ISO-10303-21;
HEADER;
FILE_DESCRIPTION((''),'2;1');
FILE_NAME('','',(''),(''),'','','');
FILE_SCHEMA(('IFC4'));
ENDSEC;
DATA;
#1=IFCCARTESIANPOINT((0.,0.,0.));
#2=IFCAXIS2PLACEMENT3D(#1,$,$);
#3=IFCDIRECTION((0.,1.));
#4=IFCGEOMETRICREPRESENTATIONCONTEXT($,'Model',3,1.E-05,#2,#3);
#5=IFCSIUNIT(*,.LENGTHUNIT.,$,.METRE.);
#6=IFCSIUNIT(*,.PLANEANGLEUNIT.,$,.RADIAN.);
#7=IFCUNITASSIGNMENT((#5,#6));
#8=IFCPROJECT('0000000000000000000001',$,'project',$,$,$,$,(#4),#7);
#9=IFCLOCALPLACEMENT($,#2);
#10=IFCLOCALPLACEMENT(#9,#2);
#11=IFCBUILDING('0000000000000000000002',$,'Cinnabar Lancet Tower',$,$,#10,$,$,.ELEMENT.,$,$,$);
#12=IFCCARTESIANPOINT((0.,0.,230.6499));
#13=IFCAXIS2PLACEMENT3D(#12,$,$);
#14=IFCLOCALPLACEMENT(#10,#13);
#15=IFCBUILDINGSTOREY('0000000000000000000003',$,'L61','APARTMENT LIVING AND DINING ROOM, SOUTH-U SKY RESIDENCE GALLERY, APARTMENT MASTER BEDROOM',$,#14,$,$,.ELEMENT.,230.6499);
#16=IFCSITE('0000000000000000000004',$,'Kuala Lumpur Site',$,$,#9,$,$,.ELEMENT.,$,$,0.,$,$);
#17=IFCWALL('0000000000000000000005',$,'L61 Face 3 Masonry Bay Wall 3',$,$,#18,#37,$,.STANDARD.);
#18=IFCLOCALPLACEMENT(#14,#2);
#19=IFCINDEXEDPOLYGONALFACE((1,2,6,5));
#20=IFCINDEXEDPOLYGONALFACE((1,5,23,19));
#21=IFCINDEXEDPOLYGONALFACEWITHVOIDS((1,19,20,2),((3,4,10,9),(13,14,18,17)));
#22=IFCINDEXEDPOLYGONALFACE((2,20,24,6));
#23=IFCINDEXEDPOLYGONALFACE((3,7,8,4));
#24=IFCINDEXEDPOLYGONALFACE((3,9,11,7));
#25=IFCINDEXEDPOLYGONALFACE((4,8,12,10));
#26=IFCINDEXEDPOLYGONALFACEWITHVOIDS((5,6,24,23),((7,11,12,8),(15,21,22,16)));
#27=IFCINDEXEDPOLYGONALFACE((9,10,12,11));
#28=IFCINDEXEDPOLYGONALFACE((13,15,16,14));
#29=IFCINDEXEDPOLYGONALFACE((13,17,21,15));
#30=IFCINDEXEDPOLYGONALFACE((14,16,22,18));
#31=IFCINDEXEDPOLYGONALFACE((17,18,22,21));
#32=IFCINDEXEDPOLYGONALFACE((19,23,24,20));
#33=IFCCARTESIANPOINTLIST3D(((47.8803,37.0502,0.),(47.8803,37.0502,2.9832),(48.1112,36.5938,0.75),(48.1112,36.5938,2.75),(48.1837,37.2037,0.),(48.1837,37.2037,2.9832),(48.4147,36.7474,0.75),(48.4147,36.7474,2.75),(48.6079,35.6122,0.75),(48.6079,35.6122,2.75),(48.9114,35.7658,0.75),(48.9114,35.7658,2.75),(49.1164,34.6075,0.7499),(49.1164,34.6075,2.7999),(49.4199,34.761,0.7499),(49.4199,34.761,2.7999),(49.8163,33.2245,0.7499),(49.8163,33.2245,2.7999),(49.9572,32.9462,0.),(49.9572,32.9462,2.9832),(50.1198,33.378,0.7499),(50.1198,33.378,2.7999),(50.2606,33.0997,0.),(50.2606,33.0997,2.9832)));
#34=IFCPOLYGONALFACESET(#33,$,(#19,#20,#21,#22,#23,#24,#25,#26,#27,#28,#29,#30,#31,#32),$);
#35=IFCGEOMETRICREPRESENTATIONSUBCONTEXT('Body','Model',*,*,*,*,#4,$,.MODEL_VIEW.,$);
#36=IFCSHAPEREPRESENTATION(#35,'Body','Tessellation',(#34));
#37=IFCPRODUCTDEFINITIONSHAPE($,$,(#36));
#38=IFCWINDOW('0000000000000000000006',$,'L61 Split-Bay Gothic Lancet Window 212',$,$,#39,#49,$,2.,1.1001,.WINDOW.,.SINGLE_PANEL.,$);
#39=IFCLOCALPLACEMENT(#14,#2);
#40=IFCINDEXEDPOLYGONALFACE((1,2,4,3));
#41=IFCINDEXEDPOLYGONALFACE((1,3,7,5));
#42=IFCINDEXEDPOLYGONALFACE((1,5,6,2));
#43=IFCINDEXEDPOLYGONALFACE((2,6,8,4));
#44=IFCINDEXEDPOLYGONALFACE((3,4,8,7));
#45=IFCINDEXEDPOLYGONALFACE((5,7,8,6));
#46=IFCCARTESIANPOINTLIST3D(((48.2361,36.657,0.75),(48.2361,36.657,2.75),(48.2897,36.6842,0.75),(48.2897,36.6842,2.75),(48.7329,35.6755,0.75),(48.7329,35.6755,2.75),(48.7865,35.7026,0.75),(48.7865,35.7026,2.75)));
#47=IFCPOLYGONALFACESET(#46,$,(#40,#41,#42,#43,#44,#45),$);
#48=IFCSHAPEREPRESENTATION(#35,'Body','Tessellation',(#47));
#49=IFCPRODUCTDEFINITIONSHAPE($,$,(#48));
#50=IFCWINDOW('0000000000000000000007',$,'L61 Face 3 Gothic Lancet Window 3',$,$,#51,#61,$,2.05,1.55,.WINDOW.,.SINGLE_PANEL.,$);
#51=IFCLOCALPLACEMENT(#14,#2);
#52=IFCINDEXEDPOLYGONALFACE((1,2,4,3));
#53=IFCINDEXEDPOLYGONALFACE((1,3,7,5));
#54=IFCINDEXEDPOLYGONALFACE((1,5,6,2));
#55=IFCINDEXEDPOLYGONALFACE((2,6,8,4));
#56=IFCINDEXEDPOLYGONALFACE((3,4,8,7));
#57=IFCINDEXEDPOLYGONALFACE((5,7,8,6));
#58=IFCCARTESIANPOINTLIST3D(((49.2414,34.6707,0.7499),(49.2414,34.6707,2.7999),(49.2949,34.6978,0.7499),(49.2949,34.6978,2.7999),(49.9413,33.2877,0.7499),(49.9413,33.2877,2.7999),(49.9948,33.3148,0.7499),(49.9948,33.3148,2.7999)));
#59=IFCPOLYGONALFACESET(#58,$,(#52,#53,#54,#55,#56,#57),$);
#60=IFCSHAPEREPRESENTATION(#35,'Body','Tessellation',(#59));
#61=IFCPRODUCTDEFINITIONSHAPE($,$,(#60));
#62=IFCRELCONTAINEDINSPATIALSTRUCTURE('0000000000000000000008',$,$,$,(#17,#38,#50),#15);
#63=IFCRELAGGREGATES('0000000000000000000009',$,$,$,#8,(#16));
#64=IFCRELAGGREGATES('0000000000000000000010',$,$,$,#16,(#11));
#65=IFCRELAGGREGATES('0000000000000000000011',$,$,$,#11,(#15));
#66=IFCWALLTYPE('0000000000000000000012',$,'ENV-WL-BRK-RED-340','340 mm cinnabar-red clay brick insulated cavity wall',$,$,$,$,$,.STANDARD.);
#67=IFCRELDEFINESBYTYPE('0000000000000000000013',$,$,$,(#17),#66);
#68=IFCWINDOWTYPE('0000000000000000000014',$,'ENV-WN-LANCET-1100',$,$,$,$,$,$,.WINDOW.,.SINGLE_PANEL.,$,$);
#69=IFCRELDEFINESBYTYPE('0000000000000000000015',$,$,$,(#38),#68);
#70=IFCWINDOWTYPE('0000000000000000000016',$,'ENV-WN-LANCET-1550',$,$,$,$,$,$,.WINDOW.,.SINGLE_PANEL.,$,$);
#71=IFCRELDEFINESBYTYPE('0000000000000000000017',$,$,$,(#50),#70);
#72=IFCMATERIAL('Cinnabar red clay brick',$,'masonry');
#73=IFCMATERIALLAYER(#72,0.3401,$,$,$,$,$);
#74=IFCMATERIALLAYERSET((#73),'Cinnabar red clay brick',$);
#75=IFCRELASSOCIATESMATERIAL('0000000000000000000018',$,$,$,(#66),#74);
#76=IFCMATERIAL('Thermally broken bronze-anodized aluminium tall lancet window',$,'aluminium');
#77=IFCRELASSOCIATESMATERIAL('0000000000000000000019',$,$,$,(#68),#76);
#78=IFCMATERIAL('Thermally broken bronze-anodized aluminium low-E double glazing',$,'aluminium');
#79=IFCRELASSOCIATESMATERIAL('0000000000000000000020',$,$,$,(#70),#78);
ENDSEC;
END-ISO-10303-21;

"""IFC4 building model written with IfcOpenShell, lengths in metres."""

from ifc_helpers import new_model, si_unit, direction, frame, frame_2d, origin, place, context, subcontext, project, spatial, rectangle, extrude, material, layer, layer_set, type_object, element, fill, save


model = new_model("IFC4")

# Units and contexts
model_context = context("Model", 3, precision=1e-05, world=origin(), true_north=direction((0.0, 1.0)))
body_context = subcontext(model_context, "Body", "Model", "MODEL_VIEW")
ifc_project = project(units=[si_unit("LENGTHUNIT", "METRE"), si_unit("PLANEANGLEUNIT", "RADIAN")], contexts=[model_context])

# Site, building, storey
site_placement = place(None, origin())
site = spatial("IfcSite", under=ifc_project, at=site_placement, Name="Kuala Lumpur Site", CompositionType="ELEMENT", RefElevation=0.0)
building_placement = place(site_placement, origin())
building = spatial("IfcBuilding", under=site, at=building_placement, Name="Cinnabar Lancet Tower", CompositionType="ELEMENT")
storey_placement = place(building_placement, frame((0.0, 0.0, 230.6499)))
storey = spatial("IfcBuildingStorey", under=building, at=storey_placement, Name="L61", Description="APARTMENT LIVING AND DINING ROOM, SOUTH-U SKY RESIDENCE GALLERY, APARTMENT MASTER BEDROOM", CompositionType="ELEMENT", Elevation=230.6499)

# Shared definitions
ifc_material_1 = material(Name="Cinnabar red clay brick", Category="masonry")
ifc_layer_1 = layer(ifc_material_1, 0.3401)
ifc_layer_set_1 = layer_set([ifc_layer_1], Name="Cinnabar red clay brick")
wall_type_1 = type_object("IfcWallType", Name="ENV-WL-BRK-RED-340", Description="340 mm cinnabar-red clay brick insulated cavity wall", PredefinedType="STANDARD", material=ifc_layer_set_1)

# Shared definitions
ifc_material_2 = material(Name="Thermally broken bronze-anodized aluminium tall lancet window", Category="aluminium")
window_type_1 = type_object("IfcWindowType", Name="ENV-WN-LANCET-1100", PartitioningType="SINGLE_PANEL", PredefinedType="WINDOW", material=ifc_material_2)

# Wall, openings, windows
wall_1_placement = place(storey_placement, frame((50.1089, 33.0229, 0.0), z_axis=(0.0, 0.0, 1.0), x_axis=(-0.45154, 0.892251, 0.0)))
wall_1 = element("IfcWall", 1, at=wall_1_placement, inside=storey, type_object=wall_type_1, Name="L61 Face 3 Masonry Bay Wall 3", PredefinedType="STANDARD", context=body_context, shape_type="SweptSolid", body=[
    extrude(rectangle(XDim=4.5996, YDim=0.3401, at=frame_2d((2.2998, 0.0))), origin(), (0.0, 0.0, 1.0), 2.9832),
])
opening_1_placement = place(wall_1_placement, frame((0.312, 0.0, 0.75)))
opening_1 = element("IfcOpeningElement", 2, at=opening_1_placement, cuts=wall_1, PredefinedType="OPENING", context=body_context, shape_type="SweptSolid", body=[
    extrude(rectangle(XDim=1.55, YDim=2.05, at=frame_2d((0.7749, 1.0249))), frame((0.0, 0.1799, 0.0), z_axis=(0.0, -1.0, 0.0), x_axis=(1.0, 0.0, 0.0)), (0.0, 0.0, 1.0), 0.3601),
])
opening_2_placement = place(wall_1_placement, frame((2.988, 0.0, 0.75)))
opening_2 = element("IfcOpeningElement", 3, at=opening_2_placement, cuts=wall_1, PredefinedType="OPENING", context=body_context, shape_type="SweptSolid", body=[
    extrude(rectangle(XDim=1.1001, YDim=2.0, at=frame_2d((0.55, 1.0))), frame((0.0, 0.1799, 0.0), z_axis=(0.0, -1.0, 0.0), x_axis=(1.0, 0.0, 0.0)), (0.0, 0.0, 1.0), 0.3601),
])
window_1_placement = place(opening_2_placement, origin())
window_1 = element("IfcWindow", 4, at=window_1_placement, inside=storey, type_object=window_type_1, Name="L61 Split-Bay Gothic Lancet Window 212", OverallHeight=2.0, OverallWidth=1.1001, PartitioningType="SINGLE_PANEL", PredefinedType="WINDOW", context=body_context, shape_type="SweptSolid", body=[
    extrude(rectangle(XDim=1.1001, YDim=2.0, at=frame_2d((0.55, 1.0))), frame((0.0, 0.03, 0.0), z_axis=(0.0, -1.0, 0.0), x_axis=(1.0, 0.0, 0.0)), (0.0, 0.0, 1.0), 0.0601),
])
fill(opening_2, window_1)
ifc_material_3 = material(Name="Thermally broken bronze-anodized aluminium low-E double glazing", Category="aluminium")
window_type_2 = type_object("IfcWindowType", Name="ENV-WN-LANCET-1550", PartitioningType="SINGLE_PANEL", PredefinedType="WINDOW", material=ifc_material_3)
window_2_placement = place(opening_1_placement, origin())
window_2 = element("IfcWindow", 5, at=window_2_placement, inside=storey, type_object=window_type_2, Name="L61 Face 3 Gothic Lancet Window 3", OverallHeight=2.05, OverallWidth=1.55, PartitioningType="SINGLE_PANEL", PredefinedType="WINDOW", context=body_context, shape_type="SweptSolid", body=[
    extrude(rectangle(XDim=1.55, YDim=2.05, at=frame_2d((0.7749, 1.0249))), frame((0.0, 0.03, 0.0), z_axis=(0.0, -1.0, 0.0), x_axis=(1.0, 0.0, 0.0)), (0.0, 0.0, 1.0), 0.0601),
])
fill(opening_1, window_2)

save(model, "model.ifc")
